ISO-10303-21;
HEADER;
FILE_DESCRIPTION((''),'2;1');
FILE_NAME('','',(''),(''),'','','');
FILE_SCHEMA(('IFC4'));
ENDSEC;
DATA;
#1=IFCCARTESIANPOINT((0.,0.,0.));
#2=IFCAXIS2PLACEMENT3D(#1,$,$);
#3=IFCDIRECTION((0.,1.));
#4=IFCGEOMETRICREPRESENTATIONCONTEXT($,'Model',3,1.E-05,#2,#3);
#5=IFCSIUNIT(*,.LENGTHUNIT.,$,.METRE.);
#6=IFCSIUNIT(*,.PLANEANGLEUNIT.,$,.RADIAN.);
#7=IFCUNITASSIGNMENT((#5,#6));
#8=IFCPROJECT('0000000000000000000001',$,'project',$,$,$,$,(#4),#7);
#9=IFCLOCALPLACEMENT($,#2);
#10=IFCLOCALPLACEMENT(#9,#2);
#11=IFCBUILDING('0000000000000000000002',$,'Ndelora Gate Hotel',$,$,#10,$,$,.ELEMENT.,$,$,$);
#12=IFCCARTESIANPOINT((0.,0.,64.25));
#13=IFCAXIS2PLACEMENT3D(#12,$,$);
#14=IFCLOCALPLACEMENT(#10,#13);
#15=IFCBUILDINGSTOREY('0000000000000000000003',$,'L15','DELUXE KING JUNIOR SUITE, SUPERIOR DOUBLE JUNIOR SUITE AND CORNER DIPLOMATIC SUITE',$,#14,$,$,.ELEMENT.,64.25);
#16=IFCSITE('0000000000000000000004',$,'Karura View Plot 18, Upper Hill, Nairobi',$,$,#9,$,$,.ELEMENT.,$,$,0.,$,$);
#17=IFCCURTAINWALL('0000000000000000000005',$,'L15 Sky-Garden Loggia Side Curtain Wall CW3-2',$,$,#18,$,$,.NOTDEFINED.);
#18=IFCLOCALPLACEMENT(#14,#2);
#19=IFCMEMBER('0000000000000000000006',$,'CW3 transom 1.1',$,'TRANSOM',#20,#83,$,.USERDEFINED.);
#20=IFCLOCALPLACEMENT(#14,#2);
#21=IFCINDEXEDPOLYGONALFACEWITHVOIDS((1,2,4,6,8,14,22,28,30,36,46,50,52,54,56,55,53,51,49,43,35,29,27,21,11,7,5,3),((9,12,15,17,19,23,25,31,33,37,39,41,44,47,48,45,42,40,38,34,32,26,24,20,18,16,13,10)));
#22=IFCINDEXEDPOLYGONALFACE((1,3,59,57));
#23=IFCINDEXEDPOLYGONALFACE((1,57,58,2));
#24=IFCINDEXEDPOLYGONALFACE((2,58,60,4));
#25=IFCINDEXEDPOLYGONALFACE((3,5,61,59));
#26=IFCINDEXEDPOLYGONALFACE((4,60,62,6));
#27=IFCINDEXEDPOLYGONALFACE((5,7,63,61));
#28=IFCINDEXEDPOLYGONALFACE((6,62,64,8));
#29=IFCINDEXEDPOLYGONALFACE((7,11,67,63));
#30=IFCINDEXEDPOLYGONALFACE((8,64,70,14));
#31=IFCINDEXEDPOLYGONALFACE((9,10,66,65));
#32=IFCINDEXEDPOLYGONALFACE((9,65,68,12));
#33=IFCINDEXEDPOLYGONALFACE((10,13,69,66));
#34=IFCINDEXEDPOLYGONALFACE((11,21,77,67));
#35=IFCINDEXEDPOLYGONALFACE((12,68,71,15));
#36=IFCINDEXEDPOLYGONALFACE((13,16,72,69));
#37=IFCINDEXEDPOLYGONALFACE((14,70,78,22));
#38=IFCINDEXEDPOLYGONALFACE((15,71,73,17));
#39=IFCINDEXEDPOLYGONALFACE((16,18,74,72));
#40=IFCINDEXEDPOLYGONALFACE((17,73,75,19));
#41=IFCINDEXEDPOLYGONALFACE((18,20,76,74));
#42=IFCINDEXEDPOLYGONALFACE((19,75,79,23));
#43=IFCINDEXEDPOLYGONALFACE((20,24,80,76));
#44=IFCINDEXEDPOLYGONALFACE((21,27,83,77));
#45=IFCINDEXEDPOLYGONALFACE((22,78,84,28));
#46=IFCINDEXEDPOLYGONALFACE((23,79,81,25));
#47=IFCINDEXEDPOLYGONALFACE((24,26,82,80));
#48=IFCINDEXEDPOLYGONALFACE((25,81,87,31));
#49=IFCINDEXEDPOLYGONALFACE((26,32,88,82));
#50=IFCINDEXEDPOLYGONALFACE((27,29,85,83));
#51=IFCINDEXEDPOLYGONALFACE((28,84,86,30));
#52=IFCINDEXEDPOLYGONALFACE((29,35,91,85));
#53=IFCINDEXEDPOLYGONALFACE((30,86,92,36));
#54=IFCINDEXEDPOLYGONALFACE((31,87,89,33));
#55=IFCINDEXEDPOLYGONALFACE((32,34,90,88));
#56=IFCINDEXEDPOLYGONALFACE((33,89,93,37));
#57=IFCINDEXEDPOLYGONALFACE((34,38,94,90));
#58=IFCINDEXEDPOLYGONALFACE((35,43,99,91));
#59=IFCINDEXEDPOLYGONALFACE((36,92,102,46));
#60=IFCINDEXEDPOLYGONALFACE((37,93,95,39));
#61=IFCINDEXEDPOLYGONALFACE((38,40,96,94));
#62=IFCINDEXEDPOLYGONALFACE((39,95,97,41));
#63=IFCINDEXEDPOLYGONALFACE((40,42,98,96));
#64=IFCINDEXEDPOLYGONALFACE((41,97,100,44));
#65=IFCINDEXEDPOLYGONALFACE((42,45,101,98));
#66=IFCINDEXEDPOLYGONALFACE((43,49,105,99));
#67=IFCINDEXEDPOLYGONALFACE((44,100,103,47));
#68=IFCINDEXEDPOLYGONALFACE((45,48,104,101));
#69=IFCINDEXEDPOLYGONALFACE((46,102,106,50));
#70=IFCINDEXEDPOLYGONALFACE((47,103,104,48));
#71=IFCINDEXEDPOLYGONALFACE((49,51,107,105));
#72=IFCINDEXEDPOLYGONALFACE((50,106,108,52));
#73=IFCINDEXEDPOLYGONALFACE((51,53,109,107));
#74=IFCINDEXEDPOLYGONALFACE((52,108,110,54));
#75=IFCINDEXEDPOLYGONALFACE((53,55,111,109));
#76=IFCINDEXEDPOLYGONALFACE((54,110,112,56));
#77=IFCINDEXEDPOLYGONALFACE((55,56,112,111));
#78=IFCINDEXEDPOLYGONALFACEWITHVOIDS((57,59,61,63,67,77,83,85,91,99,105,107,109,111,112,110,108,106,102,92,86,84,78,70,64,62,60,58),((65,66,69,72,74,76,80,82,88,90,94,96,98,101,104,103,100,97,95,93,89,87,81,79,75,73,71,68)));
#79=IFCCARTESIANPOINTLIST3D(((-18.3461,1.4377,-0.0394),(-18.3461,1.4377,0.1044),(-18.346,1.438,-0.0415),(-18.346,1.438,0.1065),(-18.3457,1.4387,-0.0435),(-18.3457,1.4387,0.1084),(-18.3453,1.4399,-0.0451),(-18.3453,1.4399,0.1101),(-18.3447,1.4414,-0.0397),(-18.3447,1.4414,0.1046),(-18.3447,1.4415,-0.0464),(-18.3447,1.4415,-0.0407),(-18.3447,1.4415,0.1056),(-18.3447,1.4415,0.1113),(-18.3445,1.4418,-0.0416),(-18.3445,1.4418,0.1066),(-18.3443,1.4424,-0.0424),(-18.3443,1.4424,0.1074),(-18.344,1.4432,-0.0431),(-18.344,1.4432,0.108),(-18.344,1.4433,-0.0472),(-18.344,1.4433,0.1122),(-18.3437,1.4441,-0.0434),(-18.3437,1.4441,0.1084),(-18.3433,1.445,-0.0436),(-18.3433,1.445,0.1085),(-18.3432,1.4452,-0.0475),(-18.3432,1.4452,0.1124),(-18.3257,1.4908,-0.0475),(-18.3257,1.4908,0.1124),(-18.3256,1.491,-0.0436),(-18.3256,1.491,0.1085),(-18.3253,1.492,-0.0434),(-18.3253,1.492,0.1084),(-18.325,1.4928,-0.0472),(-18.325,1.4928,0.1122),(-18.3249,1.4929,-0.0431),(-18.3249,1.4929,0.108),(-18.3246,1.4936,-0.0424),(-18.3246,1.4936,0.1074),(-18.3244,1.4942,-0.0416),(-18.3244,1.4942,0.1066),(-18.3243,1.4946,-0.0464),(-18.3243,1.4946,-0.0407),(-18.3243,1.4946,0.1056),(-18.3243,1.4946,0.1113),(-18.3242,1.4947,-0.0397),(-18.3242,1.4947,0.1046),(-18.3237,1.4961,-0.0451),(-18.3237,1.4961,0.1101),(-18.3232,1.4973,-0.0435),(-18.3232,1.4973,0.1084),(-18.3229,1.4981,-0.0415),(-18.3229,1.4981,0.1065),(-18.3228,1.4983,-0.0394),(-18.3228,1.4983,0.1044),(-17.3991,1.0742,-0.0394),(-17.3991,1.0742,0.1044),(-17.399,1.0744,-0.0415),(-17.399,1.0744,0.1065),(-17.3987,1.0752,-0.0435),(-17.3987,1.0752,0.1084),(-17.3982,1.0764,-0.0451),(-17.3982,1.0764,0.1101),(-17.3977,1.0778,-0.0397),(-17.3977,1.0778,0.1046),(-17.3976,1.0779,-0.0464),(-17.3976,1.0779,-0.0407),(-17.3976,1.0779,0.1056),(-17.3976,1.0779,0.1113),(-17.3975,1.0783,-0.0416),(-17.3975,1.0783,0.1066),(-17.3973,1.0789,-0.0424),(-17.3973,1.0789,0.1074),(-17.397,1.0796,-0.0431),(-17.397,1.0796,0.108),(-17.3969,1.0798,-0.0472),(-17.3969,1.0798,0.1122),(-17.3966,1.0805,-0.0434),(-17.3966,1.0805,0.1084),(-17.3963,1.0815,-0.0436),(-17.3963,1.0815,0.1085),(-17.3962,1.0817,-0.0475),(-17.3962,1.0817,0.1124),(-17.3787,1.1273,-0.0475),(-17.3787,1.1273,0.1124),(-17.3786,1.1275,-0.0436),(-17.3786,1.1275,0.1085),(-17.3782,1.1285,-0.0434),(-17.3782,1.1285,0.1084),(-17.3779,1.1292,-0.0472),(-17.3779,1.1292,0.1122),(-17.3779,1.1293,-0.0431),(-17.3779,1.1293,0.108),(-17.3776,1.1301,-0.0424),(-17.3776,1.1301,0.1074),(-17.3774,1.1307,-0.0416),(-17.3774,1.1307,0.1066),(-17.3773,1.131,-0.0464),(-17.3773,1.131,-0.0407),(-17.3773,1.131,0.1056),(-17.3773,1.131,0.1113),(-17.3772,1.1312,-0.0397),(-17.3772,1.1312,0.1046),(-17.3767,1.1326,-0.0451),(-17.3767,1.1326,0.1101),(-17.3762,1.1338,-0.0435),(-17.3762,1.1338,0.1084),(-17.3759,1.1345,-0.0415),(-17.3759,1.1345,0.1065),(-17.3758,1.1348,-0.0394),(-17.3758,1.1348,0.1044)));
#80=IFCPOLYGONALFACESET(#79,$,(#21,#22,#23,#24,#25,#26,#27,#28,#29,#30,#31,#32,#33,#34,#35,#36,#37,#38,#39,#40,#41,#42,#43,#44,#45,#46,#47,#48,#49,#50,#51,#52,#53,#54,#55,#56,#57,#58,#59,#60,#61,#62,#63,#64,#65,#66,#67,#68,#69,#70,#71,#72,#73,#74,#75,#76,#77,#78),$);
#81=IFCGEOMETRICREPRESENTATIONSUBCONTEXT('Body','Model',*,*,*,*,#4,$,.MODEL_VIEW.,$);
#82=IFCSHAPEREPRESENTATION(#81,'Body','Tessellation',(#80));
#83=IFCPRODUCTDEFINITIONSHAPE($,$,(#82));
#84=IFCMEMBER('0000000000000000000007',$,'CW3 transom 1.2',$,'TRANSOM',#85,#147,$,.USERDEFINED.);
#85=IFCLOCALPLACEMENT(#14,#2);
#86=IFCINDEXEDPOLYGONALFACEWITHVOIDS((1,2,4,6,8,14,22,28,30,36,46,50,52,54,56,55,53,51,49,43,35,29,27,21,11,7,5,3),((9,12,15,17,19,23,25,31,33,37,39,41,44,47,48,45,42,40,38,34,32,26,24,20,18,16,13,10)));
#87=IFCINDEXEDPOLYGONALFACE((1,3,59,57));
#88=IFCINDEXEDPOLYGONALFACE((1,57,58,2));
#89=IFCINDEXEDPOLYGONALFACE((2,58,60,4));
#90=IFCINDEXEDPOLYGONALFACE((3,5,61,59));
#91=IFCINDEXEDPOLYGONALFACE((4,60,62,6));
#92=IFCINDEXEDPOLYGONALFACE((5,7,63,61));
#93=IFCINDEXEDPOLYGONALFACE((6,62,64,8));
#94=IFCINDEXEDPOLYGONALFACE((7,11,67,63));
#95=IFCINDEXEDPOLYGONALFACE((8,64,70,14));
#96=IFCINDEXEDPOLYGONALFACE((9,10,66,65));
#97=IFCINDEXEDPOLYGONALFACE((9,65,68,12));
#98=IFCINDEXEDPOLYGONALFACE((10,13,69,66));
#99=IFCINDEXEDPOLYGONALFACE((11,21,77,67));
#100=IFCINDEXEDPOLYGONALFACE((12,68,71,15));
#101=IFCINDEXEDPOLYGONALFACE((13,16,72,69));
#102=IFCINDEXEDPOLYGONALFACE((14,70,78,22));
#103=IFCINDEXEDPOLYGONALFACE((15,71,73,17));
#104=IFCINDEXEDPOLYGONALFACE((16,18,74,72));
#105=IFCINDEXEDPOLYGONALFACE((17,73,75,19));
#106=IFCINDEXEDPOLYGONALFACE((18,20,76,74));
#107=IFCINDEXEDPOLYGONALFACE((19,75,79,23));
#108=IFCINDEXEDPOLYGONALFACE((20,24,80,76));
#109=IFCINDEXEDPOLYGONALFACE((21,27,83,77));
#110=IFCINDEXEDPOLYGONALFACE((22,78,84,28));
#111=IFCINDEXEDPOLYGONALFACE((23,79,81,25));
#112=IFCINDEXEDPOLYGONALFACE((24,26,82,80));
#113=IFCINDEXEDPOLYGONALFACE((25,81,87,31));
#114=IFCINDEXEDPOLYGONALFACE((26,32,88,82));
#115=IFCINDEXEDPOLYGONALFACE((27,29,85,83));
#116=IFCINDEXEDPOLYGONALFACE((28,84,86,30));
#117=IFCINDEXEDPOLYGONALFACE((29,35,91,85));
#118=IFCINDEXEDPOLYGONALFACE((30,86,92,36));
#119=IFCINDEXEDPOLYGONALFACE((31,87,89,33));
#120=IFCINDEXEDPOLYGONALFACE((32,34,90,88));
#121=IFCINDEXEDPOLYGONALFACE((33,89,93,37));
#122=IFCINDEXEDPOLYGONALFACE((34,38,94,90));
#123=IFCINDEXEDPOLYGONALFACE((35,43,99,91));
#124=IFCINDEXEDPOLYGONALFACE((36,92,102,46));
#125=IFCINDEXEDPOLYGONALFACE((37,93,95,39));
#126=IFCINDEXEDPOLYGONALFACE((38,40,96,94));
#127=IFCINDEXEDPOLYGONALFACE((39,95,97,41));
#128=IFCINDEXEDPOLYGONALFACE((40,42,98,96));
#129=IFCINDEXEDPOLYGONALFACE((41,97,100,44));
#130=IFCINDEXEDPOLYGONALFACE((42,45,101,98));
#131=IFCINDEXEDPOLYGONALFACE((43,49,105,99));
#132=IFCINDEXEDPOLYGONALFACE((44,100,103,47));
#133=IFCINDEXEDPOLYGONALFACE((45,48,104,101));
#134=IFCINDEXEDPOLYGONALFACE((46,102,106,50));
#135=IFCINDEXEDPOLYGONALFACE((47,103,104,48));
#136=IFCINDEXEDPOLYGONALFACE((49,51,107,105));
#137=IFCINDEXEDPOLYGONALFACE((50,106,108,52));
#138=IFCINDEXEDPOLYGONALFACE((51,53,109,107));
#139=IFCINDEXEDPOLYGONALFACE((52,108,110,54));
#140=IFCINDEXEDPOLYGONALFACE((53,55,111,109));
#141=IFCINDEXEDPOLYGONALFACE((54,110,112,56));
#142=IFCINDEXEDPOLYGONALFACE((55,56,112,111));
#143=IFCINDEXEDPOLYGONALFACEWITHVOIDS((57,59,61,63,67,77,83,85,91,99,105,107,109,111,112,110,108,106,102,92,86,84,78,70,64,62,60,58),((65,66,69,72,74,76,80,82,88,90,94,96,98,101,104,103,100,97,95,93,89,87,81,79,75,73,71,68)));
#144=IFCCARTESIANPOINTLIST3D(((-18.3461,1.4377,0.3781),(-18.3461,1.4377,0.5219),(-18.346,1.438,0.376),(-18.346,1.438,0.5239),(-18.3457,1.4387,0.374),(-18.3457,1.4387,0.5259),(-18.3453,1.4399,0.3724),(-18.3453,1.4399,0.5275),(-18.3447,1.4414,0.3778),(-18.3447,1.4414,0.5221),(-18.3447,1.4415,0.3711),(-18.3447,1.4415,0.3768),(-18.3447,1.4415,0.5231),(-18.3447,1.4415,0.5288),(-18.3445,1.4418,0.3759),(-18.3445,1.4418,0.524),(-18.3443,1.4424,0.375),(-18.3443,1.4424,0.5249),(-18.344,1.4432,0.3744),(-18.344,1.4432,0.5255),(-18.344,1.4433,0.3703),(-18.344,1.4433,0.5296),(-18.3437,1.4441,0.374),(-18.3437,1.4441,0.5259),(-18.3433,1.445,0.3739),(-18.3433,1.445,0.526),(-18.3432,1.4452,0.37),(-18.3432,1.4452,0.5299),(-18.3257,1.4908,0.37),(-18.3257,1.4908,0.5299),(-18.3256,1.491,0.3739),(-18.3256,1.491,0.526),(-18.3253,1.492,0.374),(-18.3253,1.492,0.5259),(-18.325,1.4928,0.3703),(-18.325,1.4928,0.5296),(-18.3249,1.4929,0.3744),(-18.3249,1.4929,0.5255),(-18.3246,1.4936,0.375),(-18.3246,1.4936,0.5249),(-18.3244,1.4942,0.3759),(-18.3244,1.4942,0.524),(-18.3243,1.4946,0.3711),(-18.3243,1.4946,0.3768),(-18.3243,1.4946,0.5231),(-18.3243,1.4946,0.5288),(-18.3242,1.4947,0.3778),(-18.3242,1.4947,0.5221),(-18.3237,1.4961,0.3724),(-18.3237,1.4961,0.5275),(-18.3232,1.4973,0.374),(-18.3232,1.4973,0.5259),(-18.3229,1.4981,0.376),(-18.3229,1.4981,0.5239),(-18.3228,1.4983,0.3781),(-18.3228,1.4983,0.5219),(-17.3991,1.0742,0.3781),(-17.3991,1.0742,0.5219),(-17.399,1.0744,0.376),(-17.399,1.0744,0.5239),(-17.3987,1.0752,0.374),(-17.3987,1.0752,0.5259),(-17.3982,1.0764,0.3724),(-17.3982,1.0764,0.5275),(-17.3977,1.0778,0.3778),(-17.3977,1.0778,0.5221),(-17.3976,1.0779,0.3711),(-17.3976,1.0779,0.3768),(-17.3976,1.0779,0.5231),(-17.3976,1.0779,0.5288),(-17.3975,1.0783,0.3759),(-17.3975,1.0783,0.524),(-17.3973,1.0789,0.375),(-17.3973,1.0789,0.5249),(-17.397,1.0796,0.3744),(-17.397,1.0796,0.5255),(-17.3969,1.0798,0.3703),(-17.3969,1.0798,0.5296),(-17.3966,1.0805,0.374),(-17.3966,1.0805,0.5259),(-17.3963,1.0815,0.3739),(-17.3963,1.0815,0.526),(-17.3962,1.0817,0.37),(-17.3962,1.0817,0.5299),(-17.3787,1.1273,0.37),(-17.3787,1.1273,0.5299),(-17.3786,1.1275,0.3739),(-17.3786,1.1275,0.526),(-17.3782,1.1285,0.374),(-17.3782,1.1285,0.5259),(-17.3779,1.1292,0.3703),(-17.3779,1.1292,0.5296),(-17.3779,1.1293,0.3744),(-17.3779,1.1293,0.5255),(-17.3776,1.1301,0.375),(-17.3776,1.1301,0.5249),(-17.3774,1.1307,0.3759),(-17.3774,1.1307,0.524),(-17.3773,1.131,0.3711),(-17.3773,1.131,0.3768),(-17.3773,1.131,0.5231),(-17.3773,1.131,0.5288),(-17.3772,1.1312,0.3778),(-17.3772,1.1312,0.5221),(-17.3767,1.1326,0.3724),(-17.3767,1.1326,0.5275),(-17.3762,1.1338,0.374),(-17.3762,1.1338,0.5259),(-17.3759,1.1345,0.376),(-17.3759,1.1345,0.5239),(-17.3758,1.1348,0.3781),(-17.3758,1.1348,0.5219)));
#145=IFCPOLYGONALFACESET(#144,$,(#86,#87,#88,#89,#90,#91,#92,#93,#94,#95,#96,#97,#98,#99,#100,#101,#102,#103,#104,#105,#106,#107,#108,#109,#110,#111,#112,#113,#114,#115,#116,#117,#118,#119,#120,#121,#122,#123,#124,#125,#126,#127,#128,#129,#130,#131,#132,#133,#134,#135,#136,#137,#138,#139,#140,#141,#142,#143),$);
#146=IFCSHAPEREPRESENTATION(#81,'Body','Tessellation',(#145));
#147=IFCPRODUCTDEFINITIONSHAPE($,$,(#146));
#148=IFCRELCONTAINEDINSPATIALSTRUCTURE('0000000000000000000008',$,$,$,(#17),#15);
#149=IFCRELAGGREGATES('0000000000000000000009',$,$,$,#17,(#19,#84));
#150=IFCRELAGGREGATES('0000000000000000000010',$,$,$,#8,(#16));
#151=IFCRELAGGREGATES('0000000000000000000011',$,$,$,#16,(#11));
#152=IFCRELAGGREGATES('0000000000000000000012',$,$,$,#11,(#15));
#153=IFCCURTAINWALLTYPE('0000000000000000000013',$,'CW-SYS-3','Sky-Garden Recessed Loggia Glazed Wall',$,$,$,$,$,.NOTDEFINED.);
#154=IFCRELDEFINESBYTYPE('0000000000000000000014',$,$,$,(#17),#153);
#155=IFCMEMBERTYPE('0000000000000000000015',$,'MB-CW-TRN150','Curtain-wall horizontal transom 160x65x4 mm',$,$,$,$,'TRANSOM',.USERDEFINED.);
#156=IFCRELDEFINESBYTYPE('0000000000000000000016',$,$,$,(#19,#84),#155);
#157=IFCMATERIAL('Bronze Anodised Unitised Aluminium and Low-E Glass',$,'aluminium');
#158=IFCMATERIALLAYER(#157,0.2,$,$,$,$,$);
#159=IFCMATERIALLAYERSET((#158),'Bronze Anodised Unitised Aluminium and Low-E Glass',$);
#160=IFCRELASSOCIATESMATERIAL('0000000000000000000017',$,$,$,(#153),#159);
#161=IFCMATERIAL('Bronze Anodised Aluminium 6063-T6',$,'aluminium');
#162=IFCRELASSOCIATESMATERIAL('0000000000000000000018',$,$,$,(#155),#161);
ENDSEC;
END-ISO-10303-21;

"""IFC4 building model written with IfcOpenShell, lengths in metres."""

from ifc_helpers import new_model, si_unit, direction, frame, origin, origin_2d, place, context, subcontext, project, spatial, hollow_rectangle, extrude, material, layer, layer_set, material_profile, profile_set, type_object, element, aggregate, save


model = new_model("IFC4")

# Units and contexts
model_context = context("Model", 3, precision=1e-05, world=origin(), true_north=direction((0.0, 1.0)))
body_context = subcontext(model_context, "Body", "Model", "MODEL_VIEW")
ifc_project = project(units=[si_unit("LENGTHUNIT", "METRE"), si_unit("PLANEANGLEUNIT", "RADIAN")], contexts=[model_context])

# Site, building, storey
site_placement = place(None, origin())
site = spatial("IfcSite", under=ifc_project, at=site_placement, Name="Karura View Plot 18, Upper Hill, Nairobi", CompositionType="ELEMENT", RefElevation=0.0)
building_placement = place(site_placement, origin())
building = spatial("IfcBuilding", under=site, at=building_placement, Name="Ndelora Gate Hotel", CompositionType="ELEMENT")
storey_placement = place(building_placement, frame((0.0, 0.0, 64.25)))
storey = spatial("IfcBuildingStorey", under=building, at=storey_placement, Name="L15", Description="DELUXE KING JUNIOR SUITE, SUPERIOR DOUBLE JUNIOR SUITE AND CORNER DIPLOMATIC SUITE", CompositionType="ELEMENT", Elevation=64.25)

# Curtain wall, members
ifc_material_1 = material(Name="Bronze Anodised Unitised Aluminium and Low-E Glass", Category="aluminium")
ifc_layer_1 = layer(ifc_material_1, 0.2)
ifc_layer_set_1 = layer_set([ifc_layer_1], Name="Bronze Anodised Unitised Aluminium and Low-E Glass")
curtain_wall_type = type_object("IfcCurtainWallType", Name="CW-SYS-3", Description="Sky-Garden Recessed Loggia Glazed Wall", PredefinedType="NOTDEFINED", material=ifc_layer_set_1)
curtain_wall_placement = place(storey_placement, origin())
curtain_wall = element("IfcCurtainWall", 1, at=curtain_wall_placement, inside=storey, type_object=curtain_wall_type, Name="L15 Sky-Garden Loggia Side Curtain Wall CW3-2", PredefinedType="NOTDEFINED")
ifc_material_2 = material(Name="Bronze Anodised Aluminium 6063-T6", Category="aluminium")
ifc_material_profile_1 = material_profile(ifc_material_2, hollow_rectangle(XDim=0.0649, YDim=0.1599, WallThickness=0.0039, InnerFilletRadius=0.0039, OuterFilletRadius=0.0081, at=origin_2d()), Name="ALU 160x65x4")
ifc_profile_set_1 = profile_set([ifc_material_profile_1], Name="Bronze Anodised Aluminium 6063-T6")
member_type_1 = type_object("IfcMemberType", Name="MB-CW-TRN150", Description="Curtain-wall horizontal transom 160x65x4 mm", ElementType="TRANSOM", PredefinedType="USERDEFINED", material=ifc_profile_set_1)
member_1_placement = place(storey_placement, frame((-18.3345, 1.468, 0.0325), z_axis=(0.933581, -0.358366, 0.0), x_axis=(0.358366, 0.933581, 0.0)))
member_1 = element("IfcMember", 2, at=member_1_placement, type_object=member_type_1, Name="CW3 transom 1.1", ObjectType="TRANSOM", PredefinedType="USERDEFINED", context=body_context, shape_type="SweptSolid", body=[
    extrude(hollow_rectangle(XDim=0.0649, YDim=0.1599, WallThickness=0.0039, InnerFilletRadius=0.0039, OuterFilletRadius=0.0081, at=origin_2d()), origin(), (0.0, 0.0, 1.0), 1.0144),
])
member_2_placement = place(storey_placement, frame((-18.3345, 1.468, 0.45), z_axis=(0.933581, -0.358366, 0.0), x_axis=(0.358366, 0.933581, 0.0)))
member_2 = element("IfcMember", 3, at=member_2_placement, type_object=member_type_1, Name="CW3 transom 1.2", ObjectType="TRANSOM", PredefinedType="USERDEFINED", context=body_context, shape_type="SweptSolid", body=[
    extrude(hollow_rectangle(XDim=0.0649, YDim=0.1599, WallThickness=0.0039, InnerFilletRadius=0.0039, OuterFilletRadius=0.0081, at=origin_2d()), origin(), (0.0, 0.0, 1.0), 1.0144),
])
aggregate(curtain_wall, [member_1, member_2])

save(model, "model.ifc")
